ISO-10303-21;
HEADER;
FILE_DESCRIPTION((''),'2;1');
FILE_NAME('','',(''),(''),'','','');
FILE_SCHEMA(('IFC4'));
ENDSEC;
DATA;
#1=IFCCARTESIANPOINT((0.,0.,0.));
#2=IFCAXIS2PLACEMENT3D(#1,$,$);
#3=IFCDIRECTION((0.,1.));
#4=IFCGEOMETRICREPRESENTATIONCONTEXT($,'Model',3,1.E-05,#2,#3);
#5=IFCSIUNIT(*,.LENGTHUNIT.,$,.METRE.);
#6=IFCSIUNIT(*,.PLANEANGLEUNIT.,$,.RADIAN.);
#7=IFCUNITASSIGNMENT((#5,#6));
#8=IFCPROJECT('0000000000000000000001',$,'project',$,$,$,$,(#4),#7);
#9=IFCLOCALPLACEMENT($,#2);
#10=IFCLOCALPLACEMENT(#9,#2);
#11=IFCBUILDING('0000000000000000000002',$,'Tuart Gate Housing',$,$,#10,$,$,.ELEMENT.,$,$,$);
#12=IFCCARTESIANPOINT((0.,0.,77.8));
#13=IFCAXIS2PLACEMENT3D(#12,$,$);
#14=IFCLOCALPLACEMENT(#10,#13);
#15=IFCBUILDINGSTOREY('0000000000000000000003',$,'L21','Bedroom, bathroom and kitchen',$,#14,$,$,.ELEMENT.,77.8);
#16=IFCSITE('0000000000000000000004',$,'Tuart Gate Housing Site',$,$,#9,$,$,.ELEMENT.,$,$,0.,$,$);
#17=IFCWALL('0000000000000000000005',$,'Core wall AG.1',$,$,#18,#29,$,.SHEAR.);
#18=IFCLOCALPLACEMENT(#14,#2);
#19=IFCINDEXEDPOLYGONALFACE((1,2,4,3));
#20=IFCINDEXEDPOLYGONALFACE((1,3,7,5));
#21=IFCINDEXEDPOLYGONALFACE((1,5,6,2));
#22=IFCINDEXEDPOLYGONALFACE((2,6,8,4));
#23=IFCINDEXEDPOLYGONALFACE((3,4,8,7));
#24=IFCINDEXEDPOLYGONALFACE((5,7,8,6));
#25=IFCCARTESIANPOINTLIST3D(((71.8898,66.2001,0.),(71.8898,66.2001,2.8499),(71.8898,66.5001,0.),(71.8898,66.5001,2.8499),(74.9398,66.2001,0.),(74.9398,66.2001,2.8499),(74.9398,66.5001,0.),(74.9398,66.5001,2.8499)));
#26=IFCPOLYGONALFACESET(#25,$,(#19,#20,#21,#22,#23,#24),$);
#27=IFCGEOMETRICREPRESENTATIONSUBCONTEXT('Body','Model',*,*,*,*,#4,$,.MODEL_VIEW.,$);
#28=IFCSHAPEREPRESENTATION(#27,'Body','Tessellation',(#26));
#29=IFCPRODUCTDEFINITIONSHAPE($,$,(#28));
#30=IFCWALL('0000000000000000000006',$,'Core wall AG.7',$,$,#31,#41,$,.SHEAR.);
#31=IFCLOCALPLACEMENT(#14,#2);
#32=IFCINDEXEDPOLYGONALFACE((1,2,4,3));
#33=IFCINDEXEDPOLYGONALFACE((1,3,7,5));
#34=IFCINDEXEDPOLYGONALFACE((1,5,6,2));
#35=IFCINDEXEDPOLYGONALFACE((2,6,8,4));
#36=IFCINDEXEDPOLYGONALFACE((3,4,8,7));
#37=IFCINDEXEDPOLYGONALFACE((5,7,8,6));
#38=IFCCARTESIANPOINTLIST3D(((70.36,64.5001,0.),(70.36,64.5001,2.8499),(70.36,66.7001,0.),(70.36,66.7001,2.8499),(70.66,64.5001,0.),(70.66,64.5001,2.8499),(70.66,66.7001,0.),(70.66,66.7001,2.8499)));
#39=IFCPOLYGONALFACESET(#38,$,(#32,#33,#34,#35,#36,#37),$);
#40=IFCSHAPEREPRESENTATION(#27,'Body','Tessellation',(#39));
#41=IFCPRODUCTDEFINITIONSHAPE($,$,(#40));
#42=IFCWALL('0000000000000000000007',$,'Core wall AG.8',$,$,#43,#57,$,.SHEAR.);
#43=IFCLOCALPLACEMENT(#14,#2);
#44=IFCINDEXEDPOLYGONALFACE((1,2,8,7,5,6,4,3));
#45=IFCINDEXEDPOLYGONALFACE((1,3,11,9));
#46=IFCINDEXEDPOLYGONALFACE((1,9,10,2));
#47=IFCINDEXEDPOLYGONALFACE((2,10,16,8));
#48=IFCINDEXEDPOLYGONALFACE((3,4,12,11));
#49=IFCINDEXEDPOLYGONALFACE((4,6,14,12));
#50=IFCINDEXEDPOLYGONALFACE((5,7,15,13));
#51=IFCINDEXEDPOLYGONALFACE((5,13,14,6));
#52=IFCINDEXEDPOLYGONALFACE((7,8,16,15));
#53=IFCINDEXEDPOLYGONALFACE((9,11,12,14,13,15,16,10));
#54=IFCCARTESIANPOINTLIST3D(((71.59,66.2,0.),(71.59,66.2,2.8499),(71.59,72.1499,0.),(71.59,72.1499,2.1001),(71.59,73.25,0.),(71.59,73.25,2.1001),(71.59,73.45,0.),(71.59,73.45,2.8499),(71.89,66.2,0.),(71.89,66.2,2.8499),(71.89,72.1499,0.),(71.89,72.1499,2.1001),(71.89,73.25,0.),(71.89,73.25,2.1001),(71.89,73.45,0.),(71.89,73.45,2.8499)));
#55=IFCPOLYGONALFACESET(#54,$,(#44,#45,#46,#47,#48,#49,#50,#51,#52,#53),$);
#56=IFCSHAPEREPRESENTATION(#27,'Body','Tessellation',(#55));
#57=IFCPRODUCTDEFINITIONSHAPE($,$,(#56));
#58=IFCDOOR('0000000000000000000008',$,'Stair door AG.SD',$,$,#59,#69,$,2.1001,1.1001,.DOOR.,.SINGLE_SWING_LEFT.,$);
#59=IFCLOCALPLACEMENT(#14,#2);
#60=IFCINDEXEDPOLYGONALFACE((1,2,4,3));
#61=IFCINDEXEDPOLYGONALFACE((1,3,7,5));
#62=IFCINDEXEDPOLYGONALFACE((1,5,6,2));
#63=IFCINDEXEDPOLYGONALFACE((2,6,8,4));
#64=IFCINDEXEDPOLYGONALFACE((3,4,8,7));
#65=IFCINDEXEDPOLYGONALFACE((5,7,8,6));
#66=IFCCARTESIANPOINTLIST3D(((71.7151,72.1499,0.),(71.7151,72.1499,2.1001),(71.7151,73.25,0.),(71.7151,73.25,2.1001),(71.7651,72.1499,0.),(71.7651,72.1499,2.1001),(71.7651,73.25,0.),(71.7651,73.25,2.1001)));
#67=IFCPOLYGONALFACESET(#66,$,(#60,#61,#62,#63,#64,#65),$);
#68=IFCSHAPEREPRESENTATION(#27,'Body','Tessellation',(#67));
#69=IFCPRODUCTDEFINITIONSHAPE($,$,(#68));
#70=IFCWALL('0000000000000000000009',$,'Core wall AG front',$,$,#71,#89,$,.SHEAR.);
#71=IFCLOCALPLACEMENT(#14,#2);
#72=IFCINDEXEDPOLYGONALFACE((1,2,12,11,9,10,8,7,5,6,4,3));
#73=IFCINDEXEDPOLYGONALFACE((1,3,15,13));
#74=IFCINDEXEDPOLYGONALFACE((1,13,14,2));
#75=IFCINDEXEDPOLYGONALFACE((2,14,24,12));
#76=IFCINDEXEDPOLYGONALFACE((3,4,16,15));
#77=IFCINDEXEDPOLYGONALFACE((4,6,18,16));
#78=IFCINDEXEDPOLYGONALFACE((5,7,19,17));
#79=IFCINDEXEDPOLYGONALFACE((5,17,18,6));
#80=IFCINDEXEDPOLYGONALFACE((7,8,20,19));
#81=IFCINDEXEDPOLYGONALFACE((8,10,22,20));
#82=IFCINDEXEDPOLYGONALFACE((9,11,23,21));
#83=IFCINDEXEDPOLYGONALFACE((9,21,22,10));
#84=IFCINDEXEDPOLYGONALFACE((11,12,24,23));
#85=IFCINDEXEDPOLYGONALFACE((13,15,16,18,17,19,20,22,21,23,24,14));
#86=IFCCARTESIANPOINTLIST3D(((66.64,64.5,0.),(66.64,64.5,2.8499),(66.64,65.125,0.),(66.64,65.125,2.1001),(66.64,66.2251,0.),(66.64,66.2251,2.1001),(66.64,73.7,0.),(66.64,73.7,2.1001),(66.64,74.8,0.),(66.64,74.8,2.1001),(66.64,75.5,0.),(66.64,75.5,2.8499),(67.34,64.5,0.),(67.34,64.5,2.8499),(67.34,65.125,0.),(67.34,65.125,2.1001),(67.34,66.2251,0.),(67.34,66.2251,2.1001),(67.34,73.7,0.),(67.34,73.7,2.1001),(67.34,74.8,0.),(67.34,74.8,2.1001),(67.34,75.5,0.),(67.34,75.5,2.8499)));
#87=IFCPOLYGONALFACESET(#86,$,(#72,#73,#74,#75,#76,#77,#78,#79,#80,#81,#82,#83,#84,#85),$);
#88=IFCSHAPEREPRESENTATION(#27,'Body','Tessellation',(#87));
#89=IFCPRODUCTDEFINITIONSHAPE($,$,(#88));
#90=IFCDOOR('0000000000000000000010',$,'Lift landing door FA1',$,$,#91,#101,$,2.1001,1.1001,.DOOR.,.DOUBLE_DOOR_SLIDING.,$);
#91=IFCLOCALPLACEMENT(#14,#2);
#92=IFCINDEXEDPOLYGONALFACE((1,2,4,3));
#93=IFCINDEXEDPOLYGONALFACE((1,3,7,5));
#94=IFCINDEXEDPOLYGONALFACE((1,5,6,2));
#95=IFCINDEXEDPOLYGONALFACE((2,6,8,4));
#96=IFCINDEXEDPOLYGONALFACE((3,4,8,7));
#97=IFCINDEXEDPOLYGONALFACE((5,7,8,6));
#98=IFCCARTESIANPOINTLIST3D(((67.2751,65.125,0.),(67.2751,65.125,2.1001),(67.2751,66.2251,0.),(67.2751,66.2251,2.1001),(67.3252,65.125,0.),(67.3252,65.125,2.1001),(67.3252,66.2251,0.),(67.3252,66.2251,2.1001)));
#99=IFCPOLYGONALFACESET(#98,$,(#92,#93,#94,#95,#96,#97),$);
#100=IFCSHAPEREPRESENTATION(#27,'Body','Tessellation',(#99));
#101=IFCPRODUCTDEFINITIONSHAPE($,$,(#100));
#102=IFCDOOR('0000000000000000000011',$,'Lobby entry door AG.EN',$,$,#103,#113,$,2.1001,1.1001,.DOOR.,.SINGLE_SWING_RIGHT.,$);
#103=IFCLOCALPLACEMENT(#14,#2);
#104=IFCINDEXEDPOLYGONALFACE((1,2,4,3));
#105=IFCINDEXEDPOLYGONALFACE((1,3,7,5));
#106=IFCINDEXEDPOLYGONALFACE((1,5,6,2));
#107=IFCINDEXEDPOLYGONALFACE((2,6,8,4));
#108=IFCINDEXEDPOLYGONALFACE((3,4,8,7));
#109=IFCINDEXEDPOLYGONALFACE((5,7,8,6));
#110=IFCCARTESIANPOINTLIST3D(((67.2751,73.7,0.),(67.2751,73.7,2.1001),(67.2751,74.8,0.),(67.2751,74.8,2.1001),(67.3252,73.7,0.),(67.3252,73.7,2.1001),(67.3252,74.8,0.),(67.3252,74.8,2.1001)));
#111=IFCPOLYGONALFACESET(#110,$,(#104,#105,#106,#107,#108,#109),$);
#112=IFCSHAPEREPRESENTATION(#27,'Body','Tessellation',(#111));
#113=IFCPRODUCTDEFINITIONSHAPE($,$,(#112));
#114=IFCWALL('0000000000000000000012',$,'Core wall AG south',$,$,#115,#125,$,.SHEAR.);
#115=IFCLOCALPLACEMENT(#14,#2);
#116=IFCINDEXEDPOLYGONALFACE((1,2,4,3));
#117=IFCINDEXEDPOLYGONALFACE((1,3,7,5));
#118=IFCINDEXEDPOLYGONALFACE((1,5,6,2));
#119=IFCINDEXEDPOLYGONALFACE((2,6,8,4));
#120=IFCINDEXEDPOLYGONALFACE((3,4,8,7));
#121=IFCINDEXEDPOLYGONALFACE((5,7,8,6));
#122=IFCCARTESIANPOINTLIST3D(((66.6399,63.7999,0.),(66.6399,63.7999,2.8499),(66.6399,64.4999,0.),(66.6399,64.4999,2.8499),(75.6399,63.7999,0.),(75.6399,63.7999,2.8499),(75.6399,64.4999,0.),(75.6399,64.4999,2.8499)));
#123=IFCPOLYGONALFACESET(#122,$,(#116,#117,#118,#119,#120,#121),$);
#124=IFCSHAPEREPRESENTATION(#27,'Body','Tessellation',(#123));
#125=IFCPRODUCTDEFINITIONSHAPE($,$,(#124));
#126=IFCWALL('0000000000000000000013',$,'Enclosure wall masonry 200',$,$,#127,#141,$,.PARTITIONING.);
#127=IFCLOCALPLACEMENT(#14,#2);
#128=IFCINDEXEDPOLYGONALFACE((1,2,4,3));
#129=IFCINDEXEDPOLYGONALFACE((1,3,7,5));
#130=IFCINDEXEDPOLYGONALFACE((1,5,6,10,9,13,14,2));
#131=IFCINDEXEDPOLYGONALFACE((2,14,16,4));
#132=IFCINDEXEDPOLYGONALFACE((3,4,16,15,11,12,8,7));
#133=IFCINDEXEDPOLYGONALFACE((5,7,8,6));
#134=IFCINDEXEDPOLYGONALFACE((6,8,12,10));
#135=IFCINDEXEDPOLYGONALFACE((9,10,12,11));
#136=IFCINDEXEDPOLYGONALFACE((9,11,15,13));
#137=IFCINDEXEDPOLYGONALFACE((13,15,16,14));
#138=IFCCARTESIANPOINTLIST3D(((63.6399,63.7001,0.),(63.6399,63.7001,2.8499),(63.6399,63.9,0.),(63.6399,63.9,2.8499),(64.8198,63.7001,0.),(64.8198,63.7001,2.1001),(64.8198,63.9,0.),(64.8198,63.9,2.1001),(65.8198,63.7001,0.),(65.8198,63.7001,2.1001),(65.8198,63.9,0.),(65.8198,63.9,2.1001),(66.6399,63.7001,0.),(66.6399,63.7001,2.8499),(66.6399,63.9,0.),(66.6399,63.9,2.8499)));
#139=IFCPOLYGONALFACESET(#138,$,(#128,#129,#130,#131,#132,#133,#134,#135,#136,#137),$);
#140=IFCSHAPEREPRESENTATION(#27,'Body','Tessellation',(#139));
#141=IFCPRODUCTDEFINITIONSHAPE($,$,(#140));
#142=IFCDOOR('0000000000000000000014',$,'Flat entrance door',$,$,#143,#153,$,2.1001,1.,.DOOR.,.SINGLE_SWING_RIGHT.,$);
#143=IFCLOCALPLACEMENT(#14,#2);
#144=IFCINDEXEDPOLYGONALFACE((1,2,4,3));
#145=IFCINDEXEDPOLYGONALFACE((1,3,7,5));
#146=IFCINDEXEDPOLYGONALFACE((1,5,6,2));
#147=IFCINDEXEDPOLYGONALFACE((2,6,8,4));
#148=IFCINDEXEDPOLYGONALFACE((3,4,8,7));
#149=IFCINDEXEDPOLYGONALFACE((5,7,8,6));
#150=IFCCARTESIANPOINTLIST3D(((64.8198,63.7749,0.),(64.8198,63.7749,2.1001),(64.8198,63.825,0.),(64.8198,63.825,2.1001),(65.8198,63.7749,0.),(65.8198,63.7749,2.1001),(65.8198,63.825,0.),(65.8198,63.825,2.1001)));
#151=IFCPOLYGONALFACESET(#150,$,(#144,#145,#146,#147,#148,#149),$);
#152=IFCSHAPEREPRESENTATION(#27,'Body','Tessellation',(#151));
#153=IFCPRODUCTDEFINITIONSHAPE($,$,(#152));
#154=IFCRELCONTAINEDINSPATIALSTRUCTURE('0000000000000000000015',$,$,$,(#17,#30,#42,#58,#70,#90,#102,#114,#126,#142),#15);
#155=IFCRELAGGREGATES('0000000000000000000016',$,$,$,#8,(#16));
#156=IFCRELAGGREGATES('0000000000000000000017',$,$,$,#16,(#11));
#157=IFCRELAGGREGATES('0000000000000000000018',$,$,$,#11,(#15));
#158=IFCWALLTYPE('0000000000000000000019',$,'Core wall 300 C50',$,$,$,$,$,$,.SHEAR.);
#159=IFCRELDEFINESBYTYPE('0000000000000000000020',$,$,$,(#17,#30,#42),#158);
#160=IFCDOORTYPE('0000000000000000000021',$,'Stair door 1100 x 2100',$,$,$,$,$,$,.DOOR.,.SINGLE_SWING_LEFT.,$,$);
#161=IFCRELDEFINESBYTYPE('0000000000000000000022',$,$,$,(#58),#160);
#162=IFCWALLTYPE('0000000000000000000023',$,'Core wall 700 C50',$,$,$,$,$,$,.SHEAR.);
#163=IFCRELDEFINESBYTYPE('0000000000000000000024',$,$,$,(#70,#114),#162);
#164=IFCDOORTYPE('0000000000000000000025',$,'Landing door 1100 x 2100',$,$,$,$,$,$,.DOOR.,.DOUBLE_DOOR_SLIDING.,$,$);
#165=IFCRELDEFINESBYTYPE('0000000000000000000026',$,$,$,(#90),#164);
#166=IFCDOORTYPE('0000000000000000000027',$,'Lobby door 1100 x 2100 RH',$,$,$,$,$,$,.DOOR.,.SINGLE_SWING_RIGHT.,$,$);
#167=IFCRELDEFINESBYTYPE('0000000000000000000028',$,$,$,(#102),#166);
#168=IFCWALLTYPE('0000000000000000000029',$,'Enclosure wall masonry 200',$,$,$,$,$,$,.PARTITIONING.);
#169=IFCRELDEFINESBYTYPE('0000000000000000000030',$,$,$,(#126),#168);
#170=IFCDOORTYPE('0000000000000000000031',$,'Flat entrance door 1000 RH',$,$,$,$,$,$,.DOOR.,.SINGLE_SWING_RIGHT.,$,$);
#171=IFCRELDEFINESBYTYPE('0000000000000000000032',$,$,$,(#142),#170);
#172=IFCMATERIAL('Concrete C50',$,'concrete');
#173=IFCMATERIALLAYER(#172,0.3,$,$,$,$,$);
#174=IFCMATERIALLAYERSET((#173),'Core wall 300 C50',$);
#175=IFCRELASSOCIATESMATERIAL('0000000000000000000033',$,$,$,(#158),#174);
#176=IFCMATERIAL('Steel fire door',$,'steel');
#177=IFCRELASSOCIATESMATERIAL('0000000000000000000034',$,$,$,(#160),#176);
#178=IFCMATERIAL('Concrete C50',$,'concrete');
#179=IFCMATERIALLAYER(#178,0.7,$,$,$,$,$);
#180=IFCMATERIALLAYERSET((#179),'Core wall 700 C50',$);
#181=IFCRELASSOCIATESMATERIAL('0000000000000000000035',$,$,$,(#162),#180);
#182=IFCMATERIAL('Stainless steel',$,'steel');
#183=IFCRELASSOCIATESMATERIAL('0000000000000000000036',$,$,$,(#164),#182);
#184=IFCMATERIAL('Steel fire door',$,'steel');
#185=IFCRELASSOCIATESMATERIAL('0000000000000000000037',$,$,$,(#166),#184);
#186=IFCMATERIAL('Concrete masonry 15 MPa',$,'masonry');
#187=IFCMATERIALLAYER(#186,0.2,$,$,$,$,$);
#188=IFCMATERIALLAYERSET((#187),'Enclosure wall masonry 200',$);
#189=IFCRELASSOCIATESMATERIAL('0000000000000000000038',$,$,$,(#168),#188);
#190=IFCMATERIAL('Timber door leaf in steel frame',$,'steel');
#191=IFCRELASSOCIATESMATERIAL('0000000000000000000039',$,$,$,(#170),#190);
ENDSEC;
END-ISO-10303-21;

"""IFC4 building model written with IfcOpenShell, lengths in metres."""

from ifc_helpers import new_model, si_unit, direction, frame, frame_2d, origin, place, context, subcontext, project, spatial, rectangle, extrude, material, layer, layer_set, type_object, element, fill, save


model = new_model("IFC4")

# Units and contexts
model_context = context("Model", 3, precision=1e-05, world=origin(), true_north=direction((0.0, 1.0)))
body_context = subcontext(model_context, "Body", "Model", "MODEL_VIEW")
ifc_project = project(units=[si_unit("LENGTHUNIT", "METRE"), si_unit("PLANEANGLEUNIT", "RADIAN")], contexts=[model_context])

# Site, building, storey
site_placement = place(None, origin())
site = spatial("IfcSite", under=ifc_project, at=site_placement, Name="Tuart Gate Housing Site", CompositionType="ELEMENT", RefElevation=0.0)
building_placement = place(site_placement, origin())
building = spatial("IfcBuilding", under=site, at=building_placement, Name="Tuart Gate Housing", CompositionType="ELEMENT")
storey_placement = place(building_placement, frame((0.0, 0.0, 77.8)))
storey = spatial("IfcBuildingStorey", under=building, at=storey_placement, Name="L21", Description="Bedroom, bathroom and kitchen", CompositionType="ELEMENT", Elevation=77.8)

# Walls
ifc_material_1 = material(Name="Concrete C50", Category="concrete")
ifc_layer_1 = layer(ifc_material_1, 0.3)
ifc_layer_set_1 = layer_set([ifc_layer_1], Name="Core wall 300 C50")
wall_type_1 = type_object("IfcWallType", Name="Core wall 300 C50", PredefinedType="SHEAR", material=ifc_layer_set_1)
wall_1_placement = place(storey_placement, frame((71.8899, 66.3501, 0.0), z_axis=(0.0, 0.0, 1.0), x_axis=(1.0, 0.0, 0.0)))
element("IfcWall", 1, at=wall_1_placement, inside=storey, type_object=wall_type_1, Name="Core wall AG.1", PredefinedType="SHEAR", context=body_context, shape_type="SweptSolid", body=[
    extrude(rectangle(XDim=3.05, YDim=0.3, at=frame_2d((1.5249, 0.0))), origin(), (0.0, 0.0, 1.0), 2.8499),
])
wall_2_placement = place(storey_placement, frame((70.51, 64.5, 0.0), z_axis=(0.0, 0.0, 1.0), x_axis=(0.0, 1.0, 0.0)))
element("IfcWall", 2, at=wall_2_placement, inside=storey, type_object=wall_type_1, Name="Core wall AG.7", PredefinedType="SHEAR", context=body_context, shape_type="SweptSolid", body=[
    extrude(rectangle(XDim=2.2, YDim=0.3, at=frame_2d((1.1001, 0.0))), origin(), (0.0, 0.0, 1.0), 2.8499),
])

# Wall, opening, door
wall_3_placement = place(storey_placement, frame((71.74, 66.2, 0.0), z_axis=(0.0, 0.0, 1.0), x_axis=(0.0, 1.0, 0.0)))
wall_3 = element("IfcWall", 3, at=wall_3_placement, inside=storey, type_object=wall_type_1, Name="Core wall AG.8", PredefinedType="SHEAR", context=body_context, shape_type="SweptSolid", body=[
    extrude(rectangle(XDim=7.25, YDim=0.3, at=frame_2d((3.625, 0.0))), origin(), (0.0, 0.0, 1.0), 2.8499),
])
opening_1_placement = place(wall_3_placement, frame((5.95, 0.0, 0.0)))
opening_1 = element("IfcOpeningElement", 4, at=opening_1_placement, cuts=wall_3, PredefinedType="OPENING", context=body_context, shape_type="SweptSolid", body=[
    extrude(rectangle(XDim=1.1001, YDim=2.1001, at=frame_2d((0.55, 1.05))), frame((0.0, 0.1599, 0.0), z_axis=(0.0, -1.0, 0.0), x_axis=(1.0, 0.0, 0.0)), (0.0, 0.0, 1.0), 0.3201),
])
ifc_material_2 = material(Name="Steel fire door", Category="steel")
door_type_1 = type_object("IfcDoorType", Name="Stair door 1100 x 2100", OperationType="SINGLE_SWING_LEFT", PredefinedType="DOOR", material=ifc_material_2)
door_1_placement = place(opening_1_placement, frame((1.1001, 0.0, 0.0), z_axis=(0.0, 0.0, 1.0), x_axis=(-1.0, 0.0, 0.0)))
door_1 = element("IfcDoor", 5, at=door_1_placement, inside=storey, type_object=door_type_1, Name="Stair door AG.SD", OperationType="SINGLE_SWING_LEFT", OverallHeight=2.1001, OverallWidth=1.1001, PredefinedType="DOOR", context=body_context, shape_type="SweptSolid", body=[
    extrude(rectangle(XDim=1.1001, YDim=2.1001, at=frame_2d((0.55, 1.05))), frame((0.0, 0.0251, 0.0), z_axis=(0.0, -1.0, 0.0), x_axis=(1.0, 0.0, 0.0)), (0.0, 0.0, 1.0), 0.05),
])
fill(opening_1, door_1)

# Wall, openings, doors
ifc_material_3 = material(Name="Concrete C50", Category="concrete")
ifc_layer_2 = layer(ifc_material_3, 0.7)
ifc_layer_set_2 = layer_set([ifc_layer_2], Name="Core wall 700 C50")
wall_type_2 = type_object("IfcWallType", Name="Core wall 700 C50", PredefinedType="SHEAR", material=ifc_layer_set_2)
wall_4_placement = place(storey_placement, frame((66.99, 64.5, 0.0), z_axis=(0.0, 0.0, 1.0), x_axis=(0.0, 1.0, 0.0)))
wall_4 = element("IfcWall", 6, at=wall_4_placement, inside=storey, type_object=wall_type_2, Name="Core wall AG front", PredefinedType="SHEAR", context=body_context, shape_type="SweptSolid", body=[
    extrude(rectangle(XDim=11.0, YDim=0.7, at=frame_2d((5.5, 0.0))), origin(), (0.0, 0.0, 1.0), 2.8499),
])
opening_2_placement = place(wall_4_placement, frame((0.625, 0.0, 0.0)))
opening_2 = element("IfcOpeningElement", 7, at=opening_2_placement, cuts=wall_4, PredefinedType="OPENING", context=body_context, shape_type="SweptSolid", body=[
    extrude(rectangle(XDim=1.1001, YDim=2.1001, at=frame_2d((0.55, 1.05))), frame((0.0, 0.3599, 0.0), z_axis=(0.0, -1.0, 0.0), x_axis=(1.0, 0.0, 0.0)), (0.0, 0.0, 1.0), 0.72),
])
opening_3_placement = place(wall_4_placement, frame((9.2, 0.0, 0.0)))
opening_3 = element("IfcOpeningElement", 8, at=opening_3_placement, cuts=wall_4, PredefinedType="OPENING", context=body_context, shape_type="SweptSolid", body=[
    extrude(rectangle(XDim=1.1001, YDim=2.1001, at=frame_2d((0.55, 1.05))), frame((0.0, 0.3599, 0.0), z_axis=(0.0, -1.0, 0.0), x_axis=(1.0, 0.0, 0.0)), (0.0, 0.0, 1.0), 0.72),
])
ifc_material_4 = material(Name="Stainless steel", Category="steel")
door_type_2 = type_object("IfcDoorType", Name="Landing door 1100 x 2100", OperationType="DOUBLE_DOOR_SLIDING", PredefinedType="DOOR", material=ifc_material_4)
door_2_placement = place(opening_2_placement, origin())
door_2 = element("IfcDoor", 9, at=door_2_placement, inside=storey, type_object=door_type_2, Name="Lift landing door FA1", OperationType="DOUBLE_DOOR_SLIDING", OverallHeight=2.1001, OverallWidth=1.1001, PredefinedType="DOOR", context=body_context, shape_type="SweptSolid", body=[
    extrude(rectangle(XDim=1.1001, YDim=2.1001, at=frame_2d((0.55, 1.05))), frame((0.0, -0.2852, 0.0), z_axis=(0.0, -1.0, 0.0), x_axis=(1.0, 0.0, 0.0)), (0.0, 0.0, 1.0), 0.05),
])
fill(opening_2, door_2)
ifc_material_5 = material(Name="Steel fire door", Category="steel")
door_type_3 = type_object("IfcDoorType", Name="Lobby door 1100 x 2100 RH", OperationType="SINGLE_SWING_RIGHT", PredefinedType="DOOR", material=ifc_material_5)
door_3_placement = place(opening_3_placement, frame((1.1001, 0.0, 0.0), z_axis=(0.0, 0.0, 1.0), x_axis=(-1.0, 0.0, 0.0)))
door_3 = element("IfcDoor", 10, at=door_3_placement, inside=storey, type_object=door_type_3, Name="Lobby entry door AG.EN", OperationType="SINGLE_SWING_RIGHT", OverallHeight=2.1001, OverallWidth=1.1001, PredefinedType="DOOR", context=body_context, shape_type="SweptSolid", body=[
    extrude(rectangle(XDim=1.1001, YDim=2.1001, at=frame_2d((0.55, 1.05))), frame((0.0, 0.3352, 0.0), z_axis=(0.0, -1.0, 0.0), x_axis=(1.0, 0.0, 0.0)), (0.0, 0.0, 1.0), 0.05),
])
fill(opening_3, door_3)

# Wall
wall_5_placement = place(storey_placement, frame((66.6399, 64.1499, 0.0), z_axis=(0.0, 0.0, 1.0), x_axis=(1.0, 0.0, 0.0)))
element("IfcWall", 11, at=wall_5_placement, inside=storey, type_object=wall_type_2, Name="Core wall AG south", PredefinedType="SHEAR", context=body_context, shape_type="SweptSolid", body=[
    extrude(rectangle(XDim=9.0, YDim=0.7, at=frame_2d((4.5, 0.0))), origin(), (0.0, 0.0, 1.0), 2.8499),
])

# Wall, opening, door
ifc_material_6 = material(Name="Concrete masonry 15 MPa", Category="masonry")
ifc_layer_3 = layer(ifc_material_6, 0.2)
ifc_layer_set_3 = layer_set([ifc_layer_3], Name="Enclosure wall masonry 200")
wall_type_3 = type_object("IfcWallType", Name="Enclosure wall masonry 200", PredefinedType="PARTITIONING", material=ifc_layer_set_3)
wall_6_placement = place(storey_placement, frame((63.6399, 63.8, 0.0), z_axis=(0.0, 0.0, 1.0), x_axis=(1.0, 0.0, 0.0)))
wall_6 = element("IfcWall", 12, at=wall_6_placement, inside=storey, type_object=wall_type_3, Name="Enclosure wall masonry 200", PredefinedType="PARTITIONING", context=body_context, shape_type="SweptSolid", body=[
    extrude(rectangle(XDim=3.0, YDim=0.2, at=frame_2d((1.5, 0.0))), origin(), (0.0, 0.0, 1.0), 2.8499),
])
opening_4_placement = place(wall_6_placement, frame((1.1799, 0.0, 0.0)))
opening_4 = element("IfcOpeningElement", 13, at=opening_4_placement, cuts=wall_6, PredefinedType="OPENING", context=body_context, shape_type="SweptSolid", body=[
    extrude(rectangle(XDim=1.0, YDim=2.1001, at=frame_2d((0.5, 1.05))), frame((0.0, 0.1099, 0.0), z_axis=(0.0, -1.0, 0.0), x_axis=(1.0, 0.0, 0.0)), (0.0, 0.0, 1.0), 0.22),
])
ifc_material_7 = material(Name="Timber door leaf in steel frame", Category="steel")
door_type_4 = type_object("IfcDoorType", Name="Flat entrance door 1000 RH", OperationType="SINGLE_SWING_RIGHT", PredefinedType="DOOR", material=ifc_material_7)
door_4_placement = place(opening_4_placement, frame((1.0, 0.0, 0.0), z_axis=(0.0, 0.0, 1.0), x_axis=(-1.0, 0.0, 0.0)))
door_4 = element("IfcDoor", 14, at=door_4_placement, inside=storey, type_object=door_type_4, Name="Flat entrance door", OperationType="SINGLE_SWING_RIGHT", OverallHeight=2.1001, OverallWidth=1.0, PredefinedType="DOOR", context=body_context, shape_type="SweptSolid", body=[
    extrude(rectangle(XDim=1.0, YDim=2.1001, at=frame_2d((0.5, 1.05))), frame((0.0, 0.0251, 0.0), z_axis=(0.0, -1.0, 0.0), x_axis=(1.0, 0.0, 0.0)), (0.0, 0.0, 1.0), 0.05),
])
fill(opening_4, door_4)

save(model, "model.ifc")
